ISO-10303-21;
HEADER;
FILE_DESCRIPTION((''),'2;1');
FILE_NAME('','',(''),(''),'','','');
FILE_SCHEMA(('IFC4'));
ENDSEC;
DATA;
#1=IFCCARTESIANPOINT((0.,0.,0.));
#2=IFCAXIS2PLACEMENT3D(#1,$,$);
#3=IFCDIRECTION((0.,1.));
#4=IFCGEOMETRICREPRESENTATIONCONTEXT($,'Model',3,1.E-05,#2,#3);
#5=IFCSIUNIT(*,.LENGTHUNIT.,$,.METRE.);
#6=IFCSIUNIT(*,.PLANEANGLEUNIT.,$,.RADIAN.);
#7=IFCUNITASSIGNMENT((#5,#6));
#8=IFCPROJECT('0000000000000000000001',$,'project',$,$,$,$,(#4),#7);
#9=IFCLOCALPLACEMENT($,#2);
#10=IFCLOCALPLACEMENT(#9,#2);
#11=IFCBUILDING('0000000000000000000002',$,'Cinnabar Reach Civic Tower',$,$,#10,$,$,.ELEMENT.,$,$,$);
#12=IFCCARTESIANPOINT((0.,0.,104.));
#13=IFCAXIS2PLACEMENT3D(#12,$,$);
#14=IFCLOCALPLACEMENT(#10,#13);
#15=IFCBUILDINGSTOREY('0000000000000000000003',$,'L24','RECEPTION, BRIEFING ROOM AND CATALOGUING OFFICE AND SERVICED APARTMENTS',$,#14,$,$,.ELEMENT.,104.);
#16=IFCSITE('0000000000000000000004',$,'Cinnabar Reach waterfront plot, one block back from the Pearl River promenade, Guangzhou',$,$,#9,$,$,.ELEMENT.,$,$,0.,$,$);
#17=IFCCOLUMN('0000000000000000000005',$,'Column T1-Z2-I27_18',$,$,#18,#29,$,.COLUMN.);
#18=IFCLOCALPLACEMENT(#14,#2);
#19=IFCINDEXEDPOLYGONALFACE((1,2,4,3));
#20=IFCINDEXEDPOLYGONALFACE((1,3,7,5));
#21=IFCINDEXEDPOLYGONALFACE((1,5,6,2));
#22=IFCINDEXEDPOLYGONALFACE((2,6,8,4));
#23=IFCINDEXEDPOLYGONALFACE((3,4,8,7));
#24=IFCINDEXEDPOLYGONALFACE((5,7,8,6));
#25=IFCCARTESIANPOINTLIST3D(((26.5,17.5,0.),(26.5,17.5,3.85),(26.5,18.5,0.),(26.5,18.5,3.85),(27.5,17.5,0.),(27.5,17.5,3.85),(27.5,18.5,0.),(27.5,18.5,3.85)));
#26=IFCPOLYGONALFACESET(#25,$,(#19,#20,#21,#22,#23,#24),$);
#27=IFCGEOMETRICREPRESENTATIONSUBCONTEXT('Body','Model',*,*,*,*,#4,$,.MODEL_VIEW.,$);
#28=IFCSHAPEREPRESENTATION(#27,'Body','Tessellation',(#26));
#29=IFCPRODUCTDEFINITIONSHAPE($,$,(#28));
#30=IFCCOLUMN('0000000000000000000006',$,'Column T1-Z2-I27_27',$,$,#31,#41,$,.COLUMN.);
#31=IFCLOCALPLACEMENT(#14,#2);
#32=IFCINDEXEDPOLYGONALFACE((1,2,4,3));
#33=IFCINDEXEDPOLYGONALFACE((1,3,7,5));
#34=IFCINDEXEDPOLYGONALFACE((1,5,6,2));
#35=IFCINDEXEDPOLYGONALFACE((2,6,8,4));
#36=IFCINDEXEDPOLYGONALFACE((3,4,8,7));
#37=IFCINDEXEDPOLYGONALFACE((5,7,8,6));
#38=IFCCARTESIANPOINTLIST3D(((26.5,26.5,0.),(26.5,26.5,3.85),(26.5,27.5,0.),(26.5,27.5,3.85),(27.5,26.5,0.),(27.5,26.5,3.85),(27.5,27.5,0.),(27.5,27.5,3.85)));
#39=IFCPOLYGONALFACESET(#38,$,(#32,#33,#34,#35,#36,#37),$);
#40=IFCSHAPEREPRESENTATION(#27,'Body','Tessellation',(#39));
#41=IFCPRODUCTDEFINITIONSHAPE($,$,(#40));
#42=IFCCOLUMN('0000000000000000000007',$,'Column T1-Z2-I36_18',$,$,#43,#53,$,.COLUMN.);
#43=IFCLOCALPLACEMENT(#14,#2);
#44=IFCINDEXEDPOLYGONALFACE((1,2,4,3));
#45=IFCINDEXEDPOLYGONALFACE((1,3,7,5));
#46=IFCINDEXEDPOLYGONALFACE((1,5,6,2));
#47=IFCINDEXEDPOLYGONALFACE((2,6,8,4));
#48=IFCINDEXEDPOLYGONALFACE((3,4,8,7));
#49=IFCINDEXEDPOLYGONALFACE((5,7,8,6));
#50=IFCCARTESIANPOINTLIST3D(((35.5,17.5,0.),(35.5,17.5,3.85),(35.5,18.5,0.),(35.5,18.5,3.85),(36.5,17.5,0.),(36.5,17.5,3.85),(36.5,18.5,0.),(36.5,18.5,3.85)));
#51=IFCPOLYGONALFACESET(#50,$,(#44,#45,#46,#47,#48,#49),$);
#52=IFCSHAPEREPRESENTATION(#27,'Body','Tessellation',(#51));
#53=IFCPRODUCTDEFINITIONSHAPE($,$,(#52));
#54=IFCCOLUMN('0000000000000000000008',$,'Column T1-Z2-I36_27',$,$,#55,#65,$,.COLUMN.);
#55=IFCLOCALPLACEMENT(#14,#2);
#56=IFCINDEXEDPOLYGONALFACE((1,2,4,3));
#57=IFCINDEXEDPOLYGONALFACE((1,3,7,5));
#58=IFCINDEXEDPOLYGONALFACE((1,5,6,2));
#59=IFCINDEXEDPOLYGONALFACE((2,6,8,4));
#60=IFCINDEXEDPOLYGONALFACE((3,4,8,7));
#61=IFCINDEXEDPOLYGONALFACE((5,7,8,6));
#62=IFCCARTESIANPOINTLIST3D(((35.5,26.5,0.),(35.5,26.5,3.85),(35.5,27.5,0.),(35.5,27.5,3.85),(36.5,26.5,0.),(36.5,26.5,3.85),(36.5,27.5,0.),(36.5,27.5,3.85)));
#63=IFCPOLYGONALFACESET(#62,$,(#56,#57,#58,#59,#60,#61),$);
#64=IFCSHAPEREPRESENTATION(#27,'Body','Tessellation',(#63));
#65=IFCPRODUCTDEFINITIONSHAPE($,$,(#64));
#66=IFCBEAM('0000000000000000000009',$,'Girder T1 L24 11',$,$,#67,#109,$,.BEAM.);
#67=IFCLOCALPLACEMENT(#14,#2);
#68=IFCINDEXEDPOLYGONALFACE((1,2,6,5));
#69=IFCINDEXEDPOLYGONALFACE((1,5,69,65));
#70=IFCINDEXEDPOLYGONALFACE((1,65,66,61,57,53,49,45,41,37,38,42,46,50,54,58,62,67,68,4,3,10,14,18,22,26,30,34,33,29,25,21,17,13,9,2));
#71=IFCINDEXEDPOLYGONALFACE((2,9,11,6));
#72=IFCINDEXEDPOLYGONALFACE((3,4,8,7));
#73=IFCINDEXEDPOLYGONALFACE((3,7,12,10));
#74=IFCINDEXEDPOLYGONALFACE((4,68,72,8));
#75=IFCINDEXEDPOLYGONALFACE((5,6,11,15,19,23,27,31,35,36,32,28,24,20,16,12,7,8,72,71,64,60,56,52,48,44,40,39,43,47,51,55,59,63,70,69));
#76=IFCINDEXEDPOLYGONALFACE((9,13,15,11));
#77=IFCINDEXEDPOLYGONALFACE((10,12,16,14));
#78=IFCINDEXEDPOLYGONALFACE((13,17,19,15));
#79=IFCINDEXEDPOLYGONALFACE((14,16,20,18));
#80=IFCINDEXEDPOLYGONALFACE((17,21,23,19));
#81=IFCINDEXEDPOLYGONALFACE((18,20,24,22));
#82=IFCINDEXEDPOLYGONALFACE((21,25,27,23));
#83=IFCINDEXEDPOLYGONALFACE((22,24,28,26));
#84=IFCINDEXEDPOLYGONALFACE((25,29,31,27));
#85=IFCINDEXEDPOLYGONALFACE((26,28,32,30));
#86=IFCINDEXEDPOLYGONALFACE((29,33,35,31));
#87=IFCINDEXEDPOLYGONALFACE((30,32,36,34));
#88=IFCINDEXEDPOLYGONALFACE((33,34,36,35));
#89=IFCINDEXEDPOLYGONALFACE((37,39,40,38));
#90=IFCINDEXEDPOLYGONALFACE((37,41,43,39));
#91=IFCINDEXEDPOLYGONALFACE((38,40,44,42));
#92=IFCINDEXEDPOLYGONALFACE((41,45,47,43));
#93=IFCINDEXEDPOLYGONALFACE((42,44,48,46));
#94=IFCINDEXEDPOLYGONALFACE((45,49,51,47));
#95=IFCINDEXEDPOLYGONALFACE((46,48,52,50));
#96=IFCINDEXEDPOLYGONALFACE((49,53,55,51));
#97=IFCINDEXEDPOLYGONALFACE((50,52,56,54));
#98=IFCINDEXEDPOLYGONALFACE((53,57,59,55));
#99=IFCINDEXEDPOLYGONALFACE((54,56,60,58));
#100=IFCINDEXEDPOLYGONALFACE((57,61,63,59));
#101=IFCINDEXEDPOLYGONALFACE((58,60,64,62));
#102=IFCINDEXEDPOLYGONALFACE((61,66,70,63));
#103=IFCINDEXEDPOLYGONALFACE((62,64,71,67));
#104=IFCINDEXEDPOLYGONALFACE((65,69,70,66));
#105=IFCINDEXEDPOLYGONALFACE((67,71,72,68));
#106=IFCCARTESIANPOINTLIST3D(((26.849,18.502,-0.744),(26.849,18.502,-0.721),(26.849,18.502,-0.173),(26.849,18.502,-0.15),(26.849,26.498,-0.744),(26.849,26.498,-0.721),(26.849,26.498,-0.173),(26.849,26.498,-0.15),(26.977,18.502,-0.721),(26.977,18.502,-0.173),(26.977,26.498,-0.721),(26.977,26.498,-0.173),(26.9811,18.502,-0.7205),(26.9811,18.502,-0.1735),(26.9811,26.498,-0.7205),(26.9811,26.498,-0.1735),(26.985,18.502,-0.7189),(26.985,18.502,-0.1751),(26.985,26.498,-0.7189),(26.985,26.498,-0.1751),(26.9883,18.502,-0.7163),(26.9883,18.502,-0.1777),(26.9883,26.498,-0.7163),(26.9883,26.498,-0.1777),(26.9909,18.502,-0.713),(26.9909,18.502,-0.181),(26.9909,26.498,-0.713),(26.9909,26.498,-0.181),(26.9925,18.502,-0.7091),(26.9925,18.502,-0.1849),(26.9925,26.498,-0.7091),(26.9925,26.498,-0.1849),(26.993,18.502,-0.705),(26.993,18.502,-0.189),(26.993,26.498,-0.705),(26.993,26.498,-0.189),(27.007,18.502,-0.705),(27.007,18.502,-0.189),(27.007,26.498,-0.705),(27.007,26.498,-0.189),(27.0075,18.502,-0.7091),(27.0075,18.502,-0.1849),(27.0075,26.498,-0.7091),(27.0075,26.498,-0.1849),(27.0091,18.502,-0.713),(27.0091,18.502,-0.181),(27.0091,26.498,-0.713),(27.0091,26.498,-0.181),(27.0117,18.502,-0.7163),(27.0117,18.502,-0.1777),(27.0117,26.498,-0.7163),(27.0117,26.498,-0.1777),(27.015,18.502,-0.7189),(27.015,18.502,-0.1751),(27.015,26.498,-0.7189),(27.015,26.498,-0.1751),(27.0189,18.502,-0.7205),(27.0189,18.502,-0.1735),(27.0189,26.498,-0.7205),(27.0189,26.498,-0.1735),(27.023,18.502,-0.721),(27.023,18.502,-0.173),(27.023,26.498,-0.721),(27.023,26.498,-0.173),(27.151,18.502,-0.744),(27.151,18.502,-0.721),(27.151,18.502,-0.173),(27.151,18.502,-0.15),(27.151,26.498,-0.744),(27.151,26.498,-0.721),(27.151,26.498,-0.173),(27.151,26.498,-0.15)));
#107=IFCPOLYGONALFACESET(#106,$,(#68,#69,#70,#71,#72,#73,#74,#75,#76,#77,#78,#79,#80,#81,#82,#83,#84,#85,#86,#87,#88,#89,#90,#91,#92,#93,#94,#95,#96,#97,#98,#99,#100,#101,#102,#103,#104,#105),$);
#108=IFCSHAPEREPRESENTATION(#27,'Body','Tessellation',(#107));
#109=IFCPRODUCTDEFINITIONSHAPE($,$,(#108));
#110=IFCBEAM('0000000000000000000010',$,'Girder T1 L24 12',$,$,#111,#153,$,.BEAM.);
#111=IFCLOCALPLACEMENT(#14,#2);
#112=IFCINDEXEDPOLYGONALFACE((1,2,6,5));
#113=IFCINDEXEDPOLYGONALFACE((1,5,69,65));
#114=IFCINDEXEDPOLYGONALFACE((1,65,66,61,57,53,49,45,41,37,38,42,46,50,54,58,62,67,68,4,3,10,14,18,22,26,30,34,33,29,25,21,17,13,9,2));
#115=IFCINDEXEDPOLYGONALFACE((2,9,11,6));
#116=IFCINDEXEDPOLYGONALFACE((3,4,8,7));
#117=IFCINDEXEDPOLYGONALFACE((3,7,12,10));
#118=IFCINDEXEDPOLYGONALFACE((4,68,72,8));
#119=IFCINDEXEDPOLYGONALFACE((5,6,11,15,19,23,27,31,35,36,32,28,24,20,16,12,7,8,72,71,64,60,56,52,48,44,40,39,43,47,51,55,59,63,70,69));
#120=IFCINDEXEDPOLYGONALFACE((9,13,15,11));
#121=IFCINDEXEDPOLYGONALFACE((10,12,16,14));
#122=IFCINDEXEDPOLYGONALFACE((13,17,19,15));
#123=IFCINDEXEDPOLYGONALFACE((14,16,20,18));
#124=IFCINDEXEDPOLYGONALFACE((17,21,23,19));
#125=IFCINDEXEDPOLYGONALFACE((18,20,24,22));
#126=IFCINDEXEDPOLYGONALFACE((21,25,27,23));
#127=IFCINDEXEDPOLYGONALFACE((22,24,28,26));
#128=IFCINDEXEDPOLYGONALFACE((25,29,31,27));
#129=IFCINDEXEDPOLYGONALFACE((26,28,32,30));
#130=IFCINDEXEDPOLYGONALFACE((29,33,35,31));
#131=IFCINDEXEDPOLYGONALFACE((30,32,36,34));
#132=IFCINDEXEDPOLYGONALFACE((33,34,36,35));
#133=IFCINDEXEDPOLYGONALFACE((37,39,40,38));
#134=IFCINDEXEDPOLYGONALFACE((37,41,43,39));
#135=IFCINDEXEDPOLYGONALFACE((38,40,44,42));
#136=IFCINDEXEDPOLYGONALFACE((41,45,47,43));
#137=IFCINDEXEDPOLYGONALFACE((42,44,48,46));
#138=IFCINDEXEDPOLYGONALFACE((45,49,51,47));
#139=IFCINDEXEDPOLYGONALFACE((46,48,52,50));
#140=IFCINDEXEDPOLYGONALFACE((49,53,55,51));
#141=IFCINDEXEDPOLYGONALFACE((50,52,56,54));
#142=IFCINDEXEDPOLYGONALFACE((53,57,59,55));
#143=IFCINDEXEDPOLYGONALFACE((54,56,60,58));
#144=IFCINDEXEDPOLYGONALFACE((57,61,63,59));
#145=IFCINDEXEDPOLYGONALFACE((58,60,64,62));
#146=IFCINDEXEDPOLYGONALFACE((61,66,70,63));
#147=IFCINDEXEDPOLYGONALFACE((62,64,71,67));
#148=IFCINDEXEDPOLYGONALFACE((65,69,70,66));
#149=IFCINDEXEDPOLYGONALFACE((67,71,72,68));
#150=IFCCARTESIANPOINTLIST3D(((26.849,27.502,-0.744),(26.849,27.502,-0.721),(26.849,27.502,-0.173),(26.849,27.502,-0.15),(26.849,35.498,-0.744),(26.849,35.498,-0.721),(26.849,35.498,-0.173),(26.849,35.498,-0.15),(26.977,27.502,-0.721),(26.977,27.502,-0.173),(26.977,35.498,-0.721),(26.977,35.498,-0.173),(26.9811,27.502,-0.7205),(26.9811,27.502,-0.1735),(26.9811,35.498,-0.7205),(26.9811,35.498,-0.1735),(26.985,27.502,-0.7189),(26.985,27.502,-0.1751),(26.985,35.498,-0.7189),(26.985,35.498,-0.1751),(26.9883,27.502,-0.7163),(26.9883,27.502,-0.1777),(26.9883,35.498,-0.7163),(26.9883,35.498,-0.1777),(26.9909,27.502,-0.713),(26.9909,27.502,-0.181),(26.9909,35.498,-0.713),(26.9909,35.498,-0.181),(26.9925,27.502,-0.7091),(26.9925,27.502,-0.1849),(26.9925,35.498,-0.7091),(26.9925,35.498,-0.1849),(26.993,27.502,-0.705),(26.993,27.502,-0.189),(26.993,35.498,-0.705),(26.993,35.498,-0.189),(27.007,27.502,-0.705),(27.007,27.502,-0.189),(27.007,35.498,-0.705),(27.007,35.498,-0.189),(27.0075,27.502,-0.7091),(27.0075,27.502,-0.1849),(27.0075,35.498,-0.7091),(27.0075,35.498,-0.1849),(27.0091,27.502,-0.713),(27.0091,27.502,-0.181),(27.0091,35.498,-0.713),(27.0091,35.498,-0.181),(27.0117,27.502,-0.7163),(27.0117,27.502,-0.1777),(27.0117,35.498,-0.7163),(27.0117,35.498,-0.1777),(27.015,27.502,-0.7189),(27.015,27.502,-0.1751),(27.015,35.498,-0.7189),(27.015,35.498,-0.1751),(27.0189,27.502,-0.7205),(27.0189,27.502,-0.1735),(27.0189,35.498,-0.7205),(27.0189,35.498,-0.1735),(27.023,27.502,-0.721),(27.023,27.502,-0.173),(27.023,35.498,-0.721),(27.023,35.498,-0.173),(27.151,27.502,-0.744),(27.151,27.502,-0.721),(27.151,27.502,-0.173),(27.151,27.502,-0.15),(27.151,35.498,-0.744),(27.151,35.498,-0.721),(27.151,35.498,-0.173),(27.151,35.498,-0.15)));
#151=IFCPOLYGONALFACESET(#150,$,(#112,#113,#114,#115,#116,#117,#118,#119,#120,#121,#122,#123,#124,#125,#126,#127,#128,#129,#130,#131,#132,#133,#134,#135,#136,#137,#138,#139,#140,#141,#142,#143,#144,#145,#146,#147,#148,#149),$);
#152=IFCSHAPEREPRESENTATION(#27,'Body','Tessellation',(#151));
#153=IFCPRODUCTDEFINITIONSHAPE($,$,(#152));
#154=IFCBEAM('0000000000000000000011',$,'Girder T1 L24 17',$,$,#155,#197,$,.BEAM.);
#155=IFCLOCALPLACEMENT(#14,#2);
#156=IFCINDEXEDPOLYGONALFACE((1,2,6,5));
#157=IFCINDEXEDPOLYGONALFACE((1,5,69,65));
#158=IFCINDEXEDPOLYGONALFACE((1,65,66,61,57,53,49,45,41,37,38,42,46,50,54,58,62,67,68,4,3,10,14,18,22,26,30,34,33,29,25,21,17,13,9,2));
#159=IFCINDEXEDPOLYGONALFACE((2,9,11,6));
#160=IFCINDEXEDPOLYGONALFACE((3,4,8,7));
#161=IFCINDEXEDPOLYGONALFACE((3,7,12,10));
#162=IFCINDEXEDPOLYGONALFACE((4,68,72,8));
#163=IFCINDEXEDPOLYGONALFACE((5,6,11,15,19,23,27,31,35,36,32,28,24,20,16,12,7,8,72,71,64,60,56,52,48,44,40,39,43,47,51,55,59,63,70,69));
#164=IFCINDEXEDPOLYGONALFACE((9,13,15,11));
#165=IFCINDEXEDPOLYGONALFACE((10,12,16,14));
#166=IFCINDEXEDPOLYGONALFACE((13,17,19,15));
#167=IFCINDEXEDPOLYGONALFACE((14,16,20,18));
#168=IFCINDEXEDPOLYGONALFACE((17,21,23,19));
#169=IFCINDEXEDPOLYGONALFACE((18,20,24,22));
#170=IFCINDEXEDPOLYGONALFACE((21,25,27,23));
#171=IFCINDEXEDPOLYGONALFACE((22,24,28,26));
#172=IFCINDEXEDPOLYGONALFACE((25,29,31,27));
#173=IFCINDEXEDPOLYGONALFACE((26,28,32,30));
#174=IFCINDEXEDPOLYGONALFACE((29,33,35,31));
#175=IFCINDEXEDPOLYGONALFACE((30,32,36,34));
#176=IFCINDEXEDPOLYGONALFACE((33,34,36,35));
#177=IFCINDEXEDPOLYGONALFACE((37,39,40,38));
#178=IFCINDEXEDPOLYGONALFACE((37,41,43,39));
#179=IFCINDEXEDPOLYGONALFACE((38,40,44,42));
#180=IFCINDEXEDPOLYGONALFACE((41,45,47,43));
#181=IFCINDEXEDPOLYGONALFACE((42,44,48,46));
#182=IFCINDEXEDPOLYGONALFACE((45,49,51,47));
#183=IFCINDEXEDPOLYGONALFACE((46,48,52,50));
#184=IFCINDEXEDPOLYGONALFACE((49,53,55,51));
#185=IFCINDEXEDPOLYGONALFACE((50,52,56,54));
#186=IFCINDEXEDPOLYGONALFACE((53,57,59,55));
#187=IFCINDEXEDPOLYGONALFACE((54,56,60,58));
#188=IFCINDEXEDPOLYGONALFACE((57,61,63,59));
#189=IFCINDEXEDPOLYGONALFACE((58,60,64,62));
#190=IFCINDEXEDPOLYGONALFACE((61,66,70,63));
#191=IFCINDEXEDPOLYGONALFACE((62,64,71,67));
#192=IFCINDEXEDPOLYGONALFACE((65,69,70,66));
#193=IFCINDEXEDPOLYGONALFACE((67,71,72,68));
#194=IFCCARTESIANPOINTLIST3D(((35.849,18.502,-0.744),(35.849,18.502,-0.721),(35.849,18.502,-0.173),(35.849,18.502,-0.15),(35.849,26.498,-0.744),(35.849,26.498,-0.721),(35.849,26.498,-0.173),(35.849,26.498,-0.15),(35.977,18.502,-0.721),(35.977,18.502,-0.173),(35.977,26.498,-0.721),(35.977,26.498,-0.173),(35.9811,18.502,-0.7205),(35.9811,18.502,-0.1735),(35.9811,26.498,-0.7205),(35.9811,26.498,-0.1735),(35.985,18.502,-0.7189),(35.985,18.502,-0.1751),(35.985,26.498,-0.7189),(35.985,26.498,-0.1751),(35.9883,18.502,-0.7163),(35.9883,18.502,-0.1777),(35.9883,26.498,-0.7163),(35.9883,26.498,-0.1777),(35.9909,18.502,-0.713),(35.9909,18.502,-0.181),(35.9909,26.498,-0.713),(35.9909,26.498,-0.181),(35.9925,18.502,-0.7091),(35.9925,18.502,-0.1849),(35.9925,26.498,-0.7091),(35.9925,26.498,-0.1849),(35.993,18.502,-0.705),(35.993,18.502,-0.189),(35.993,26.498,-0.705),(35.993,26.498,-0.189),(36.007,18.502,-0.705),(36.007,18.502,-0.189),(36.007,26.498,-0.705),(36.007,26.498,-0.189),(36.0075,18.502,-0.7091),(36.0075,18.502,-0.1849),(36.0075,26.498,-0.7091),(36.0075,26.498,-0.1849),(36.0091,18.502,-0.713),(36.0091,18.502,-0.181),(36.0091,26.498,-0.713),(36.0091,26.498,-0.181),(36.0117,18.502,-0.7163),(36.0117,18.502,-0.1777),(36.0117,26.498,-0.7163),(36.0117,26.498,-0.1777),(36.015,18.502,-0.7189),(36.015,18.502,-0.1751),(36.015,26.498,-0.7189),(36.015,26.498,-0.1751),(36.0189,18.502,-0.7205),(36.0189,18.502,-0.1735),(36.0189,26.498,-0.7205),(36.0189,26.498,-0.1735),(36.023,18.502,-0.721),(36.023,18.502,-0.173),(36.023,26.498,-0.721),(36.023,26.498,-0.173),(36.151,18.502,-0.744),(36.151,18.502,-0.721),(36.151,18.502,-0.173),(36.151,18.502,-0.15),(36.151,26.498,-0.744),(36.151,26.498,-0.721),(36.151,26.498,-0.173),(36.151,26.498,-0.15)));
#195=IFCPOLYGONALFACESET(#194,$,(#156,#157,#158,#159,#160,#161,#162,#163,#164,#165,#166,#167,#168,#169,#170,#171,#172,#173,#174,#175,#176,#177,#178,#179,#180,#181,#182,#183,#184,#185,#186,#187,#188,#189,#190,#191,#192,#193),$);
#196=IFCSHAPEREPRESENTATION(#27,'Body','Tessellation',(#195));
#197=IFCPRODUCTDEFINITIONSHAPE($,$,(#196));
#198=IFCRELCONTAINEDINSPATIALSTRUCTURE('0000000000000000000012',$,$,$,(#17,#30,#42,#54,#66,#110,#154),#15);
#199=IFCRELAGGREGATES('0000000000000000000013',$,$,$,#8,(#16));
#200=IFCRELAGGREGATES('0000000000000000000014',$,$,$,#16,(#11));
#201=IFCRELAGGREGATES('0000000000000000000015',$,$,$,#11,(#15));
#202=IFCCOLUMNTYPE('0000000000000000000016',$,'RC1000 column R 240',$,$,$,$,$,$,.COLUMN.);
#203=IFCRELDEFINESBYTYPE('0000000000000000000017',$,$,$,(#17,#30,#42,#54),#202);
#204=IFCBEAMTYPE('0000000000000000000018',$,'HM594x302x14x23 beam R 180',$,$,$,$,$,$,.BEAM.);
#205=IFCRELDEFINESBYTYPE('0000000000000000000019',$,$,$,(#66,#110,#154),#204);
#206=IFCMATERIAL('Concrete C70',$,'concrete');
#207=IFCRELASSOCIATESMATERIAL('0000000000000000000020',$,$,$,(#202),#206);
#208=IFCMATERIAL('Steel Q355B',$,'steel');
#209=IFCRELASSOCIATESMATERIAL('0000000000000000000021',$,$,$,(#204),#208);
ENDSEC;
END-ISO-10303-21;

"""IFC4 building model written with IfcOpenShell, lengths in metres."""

from ifc_helpers import new_model, si_unit, direction, frame, origin, origin_2d, place, context, subcontext, project, spatial, rectangle, i_section, extrude, material, material_profile, profile_set, type_object, element, save


model = new_model("IFC4")

# Units and contexts
model_context = context("Model", 3, precision=1e-05, world=origin(), true_north=direction((0.0, 1.0)))
body_context = subcontext(model_context, "Body", "Model", "MODEL_VIEW")
ifc_project = project(units=[si_unit("LENGTHUNIT", "METRE"), si_unit("PLANEANGLEUNIT", "RADIAN")], contexts=[model_context])

# Site, building, storey
site_placement = place(None, origin())
site = spatial("IfcSite", under=ifc_project, at=site_placement, Name="Cinnabar Reach waterfront plot, one block back from the Pearl River promenade, Guangzhou", CompositionType="ELEMENT", RefElevation=0.0)
building_placement = place(site_placement, origin())
building = spatial("IfcBuilding", under=site, at=building_placement, Name="Cinnabar Reach Civic Tower", CompositionType="ELEMENT")
storey_placement = place(building_placement, frame((0.0, 0.0, 104.0)))
storey = spatial("IfcBuildingStorey", under=building, at=storey_placement, Name="L24", Description="RECEPTION, BRIEFING ROOM AND CATALOGUING OFFICE AND SERVICED APARTMENTS", CompositionType="ELEMENT", Elevation=104.0)

# Columns
ifc_material_1 = material(Name="Concrete C70", Category="concrete")
ifc_material_profile_1 = material_profile(ifc_material_1, rectangle(XDim=1.0, YDim=1.0, at=origin_2d()), Name="RC1000")
ifc_profile_set_1 = profile_set([ifc_material_profile_1], Name="Concrete C70")
column_type = type_object("IfcColumnType", Name="RC1000 column R 240", PredefinedType="COLUMN", material=ifc_profile_set_1)
for number, where, z_axis, x_axis, name in (
    (1, (27.0, 18.0, 0.0), (0.0, 0.0, 1.0), (1.0, 0.0, 0.0), "Column T1-Z2-I27_18"),
    (2, (27.0, 27.0, 0.0), (0.0, 0.0, 1.0), (1.0, 0.0, 0.0), "Column T1-Z2-I27_27"),
    (3, (36.0, 18.0, 0.0), (0.0, 0.0, 1.0), (1.0, 0.0, 0.0), "Column T1-Z2-I36_18"),
    (4, (36.0, 27.0, 0.0), (0.0, 0.0, 1.0), (1.0, 0.0, 0.0), "Column T1-Z2-I36_27"),
):
    element("IfcColumn", number, at=place(storey_placement, frame(where, z_axis=z_axis, x_axis=x_axis)), inside=storey, type_object=column_type, Name=name, PredefinedType="COLUMN", context=body_context, shape_type="SweptSolid", body=[
        extrude(rectangle(XDim=1.0, YDim=1.0, at=origin_2d()), origin(), (0.0, 0.0, 1.0), 3.85),
    ])

# Beams
ifc_material_2 = material(Name="Steel Q355B", Category="steel")
ifc_material_profile_2 = material_profile(ifc_material_2, i_section(OverallWidth=0.302, OverallDepth=0.594, WebThickness=0.014, FlangeThickness=0.023, FilletRadius=0.016, at=origin_2d()), Name="HM594x302x14x23")
ifc_profile_set_2 = profile_set([ifc_material_profile_2], Name="Steel Q355B")
beam_type_1 = type_object("IfcBeamType", Name="HM594x302x14x23 beam R 180", PredefinedType="BEAM", material=ifc_profile_set_2)
for number, where, z_axis, x_axis, name in (
    (5, (27.0, 18.502, -0.447), (0.0, 1.0, 0.0), (-1.0, 0.0, 0.0), "Girder T1 L24 11"),
    (6, (27.0, 27.502, -0.447), (0.0, 1.0, 0.0), (-1.0, 0.0, 0.0), "Girder T1 L24 12"),
    (7, (36.0, 18.502, -0.447), (0.0, 1.0, 0.0), (-1.0, 0.0, 0.0), "Girder T1 L24 17"),
):
    element("IfcBeam", number, at=place(storey_placement, frame(where, z_axis=z_axis, x_axis=x_axis)), inside=storey, type_object=beam_type_1, Name=name, PredefinedType="BEAM", context=body_context, shape_type="SweptSolid", body=[
        extrude(i_section(OverallWidth=0.302, OverallDepth=0.594, WebThickness=0.014, FlangeThickness=0.023, FilletRadius=0.016, at=origin_2d()), origin(), (0.0, 0.0, 1.0), 7.996),
    ])

save(model, "model.ifc")
